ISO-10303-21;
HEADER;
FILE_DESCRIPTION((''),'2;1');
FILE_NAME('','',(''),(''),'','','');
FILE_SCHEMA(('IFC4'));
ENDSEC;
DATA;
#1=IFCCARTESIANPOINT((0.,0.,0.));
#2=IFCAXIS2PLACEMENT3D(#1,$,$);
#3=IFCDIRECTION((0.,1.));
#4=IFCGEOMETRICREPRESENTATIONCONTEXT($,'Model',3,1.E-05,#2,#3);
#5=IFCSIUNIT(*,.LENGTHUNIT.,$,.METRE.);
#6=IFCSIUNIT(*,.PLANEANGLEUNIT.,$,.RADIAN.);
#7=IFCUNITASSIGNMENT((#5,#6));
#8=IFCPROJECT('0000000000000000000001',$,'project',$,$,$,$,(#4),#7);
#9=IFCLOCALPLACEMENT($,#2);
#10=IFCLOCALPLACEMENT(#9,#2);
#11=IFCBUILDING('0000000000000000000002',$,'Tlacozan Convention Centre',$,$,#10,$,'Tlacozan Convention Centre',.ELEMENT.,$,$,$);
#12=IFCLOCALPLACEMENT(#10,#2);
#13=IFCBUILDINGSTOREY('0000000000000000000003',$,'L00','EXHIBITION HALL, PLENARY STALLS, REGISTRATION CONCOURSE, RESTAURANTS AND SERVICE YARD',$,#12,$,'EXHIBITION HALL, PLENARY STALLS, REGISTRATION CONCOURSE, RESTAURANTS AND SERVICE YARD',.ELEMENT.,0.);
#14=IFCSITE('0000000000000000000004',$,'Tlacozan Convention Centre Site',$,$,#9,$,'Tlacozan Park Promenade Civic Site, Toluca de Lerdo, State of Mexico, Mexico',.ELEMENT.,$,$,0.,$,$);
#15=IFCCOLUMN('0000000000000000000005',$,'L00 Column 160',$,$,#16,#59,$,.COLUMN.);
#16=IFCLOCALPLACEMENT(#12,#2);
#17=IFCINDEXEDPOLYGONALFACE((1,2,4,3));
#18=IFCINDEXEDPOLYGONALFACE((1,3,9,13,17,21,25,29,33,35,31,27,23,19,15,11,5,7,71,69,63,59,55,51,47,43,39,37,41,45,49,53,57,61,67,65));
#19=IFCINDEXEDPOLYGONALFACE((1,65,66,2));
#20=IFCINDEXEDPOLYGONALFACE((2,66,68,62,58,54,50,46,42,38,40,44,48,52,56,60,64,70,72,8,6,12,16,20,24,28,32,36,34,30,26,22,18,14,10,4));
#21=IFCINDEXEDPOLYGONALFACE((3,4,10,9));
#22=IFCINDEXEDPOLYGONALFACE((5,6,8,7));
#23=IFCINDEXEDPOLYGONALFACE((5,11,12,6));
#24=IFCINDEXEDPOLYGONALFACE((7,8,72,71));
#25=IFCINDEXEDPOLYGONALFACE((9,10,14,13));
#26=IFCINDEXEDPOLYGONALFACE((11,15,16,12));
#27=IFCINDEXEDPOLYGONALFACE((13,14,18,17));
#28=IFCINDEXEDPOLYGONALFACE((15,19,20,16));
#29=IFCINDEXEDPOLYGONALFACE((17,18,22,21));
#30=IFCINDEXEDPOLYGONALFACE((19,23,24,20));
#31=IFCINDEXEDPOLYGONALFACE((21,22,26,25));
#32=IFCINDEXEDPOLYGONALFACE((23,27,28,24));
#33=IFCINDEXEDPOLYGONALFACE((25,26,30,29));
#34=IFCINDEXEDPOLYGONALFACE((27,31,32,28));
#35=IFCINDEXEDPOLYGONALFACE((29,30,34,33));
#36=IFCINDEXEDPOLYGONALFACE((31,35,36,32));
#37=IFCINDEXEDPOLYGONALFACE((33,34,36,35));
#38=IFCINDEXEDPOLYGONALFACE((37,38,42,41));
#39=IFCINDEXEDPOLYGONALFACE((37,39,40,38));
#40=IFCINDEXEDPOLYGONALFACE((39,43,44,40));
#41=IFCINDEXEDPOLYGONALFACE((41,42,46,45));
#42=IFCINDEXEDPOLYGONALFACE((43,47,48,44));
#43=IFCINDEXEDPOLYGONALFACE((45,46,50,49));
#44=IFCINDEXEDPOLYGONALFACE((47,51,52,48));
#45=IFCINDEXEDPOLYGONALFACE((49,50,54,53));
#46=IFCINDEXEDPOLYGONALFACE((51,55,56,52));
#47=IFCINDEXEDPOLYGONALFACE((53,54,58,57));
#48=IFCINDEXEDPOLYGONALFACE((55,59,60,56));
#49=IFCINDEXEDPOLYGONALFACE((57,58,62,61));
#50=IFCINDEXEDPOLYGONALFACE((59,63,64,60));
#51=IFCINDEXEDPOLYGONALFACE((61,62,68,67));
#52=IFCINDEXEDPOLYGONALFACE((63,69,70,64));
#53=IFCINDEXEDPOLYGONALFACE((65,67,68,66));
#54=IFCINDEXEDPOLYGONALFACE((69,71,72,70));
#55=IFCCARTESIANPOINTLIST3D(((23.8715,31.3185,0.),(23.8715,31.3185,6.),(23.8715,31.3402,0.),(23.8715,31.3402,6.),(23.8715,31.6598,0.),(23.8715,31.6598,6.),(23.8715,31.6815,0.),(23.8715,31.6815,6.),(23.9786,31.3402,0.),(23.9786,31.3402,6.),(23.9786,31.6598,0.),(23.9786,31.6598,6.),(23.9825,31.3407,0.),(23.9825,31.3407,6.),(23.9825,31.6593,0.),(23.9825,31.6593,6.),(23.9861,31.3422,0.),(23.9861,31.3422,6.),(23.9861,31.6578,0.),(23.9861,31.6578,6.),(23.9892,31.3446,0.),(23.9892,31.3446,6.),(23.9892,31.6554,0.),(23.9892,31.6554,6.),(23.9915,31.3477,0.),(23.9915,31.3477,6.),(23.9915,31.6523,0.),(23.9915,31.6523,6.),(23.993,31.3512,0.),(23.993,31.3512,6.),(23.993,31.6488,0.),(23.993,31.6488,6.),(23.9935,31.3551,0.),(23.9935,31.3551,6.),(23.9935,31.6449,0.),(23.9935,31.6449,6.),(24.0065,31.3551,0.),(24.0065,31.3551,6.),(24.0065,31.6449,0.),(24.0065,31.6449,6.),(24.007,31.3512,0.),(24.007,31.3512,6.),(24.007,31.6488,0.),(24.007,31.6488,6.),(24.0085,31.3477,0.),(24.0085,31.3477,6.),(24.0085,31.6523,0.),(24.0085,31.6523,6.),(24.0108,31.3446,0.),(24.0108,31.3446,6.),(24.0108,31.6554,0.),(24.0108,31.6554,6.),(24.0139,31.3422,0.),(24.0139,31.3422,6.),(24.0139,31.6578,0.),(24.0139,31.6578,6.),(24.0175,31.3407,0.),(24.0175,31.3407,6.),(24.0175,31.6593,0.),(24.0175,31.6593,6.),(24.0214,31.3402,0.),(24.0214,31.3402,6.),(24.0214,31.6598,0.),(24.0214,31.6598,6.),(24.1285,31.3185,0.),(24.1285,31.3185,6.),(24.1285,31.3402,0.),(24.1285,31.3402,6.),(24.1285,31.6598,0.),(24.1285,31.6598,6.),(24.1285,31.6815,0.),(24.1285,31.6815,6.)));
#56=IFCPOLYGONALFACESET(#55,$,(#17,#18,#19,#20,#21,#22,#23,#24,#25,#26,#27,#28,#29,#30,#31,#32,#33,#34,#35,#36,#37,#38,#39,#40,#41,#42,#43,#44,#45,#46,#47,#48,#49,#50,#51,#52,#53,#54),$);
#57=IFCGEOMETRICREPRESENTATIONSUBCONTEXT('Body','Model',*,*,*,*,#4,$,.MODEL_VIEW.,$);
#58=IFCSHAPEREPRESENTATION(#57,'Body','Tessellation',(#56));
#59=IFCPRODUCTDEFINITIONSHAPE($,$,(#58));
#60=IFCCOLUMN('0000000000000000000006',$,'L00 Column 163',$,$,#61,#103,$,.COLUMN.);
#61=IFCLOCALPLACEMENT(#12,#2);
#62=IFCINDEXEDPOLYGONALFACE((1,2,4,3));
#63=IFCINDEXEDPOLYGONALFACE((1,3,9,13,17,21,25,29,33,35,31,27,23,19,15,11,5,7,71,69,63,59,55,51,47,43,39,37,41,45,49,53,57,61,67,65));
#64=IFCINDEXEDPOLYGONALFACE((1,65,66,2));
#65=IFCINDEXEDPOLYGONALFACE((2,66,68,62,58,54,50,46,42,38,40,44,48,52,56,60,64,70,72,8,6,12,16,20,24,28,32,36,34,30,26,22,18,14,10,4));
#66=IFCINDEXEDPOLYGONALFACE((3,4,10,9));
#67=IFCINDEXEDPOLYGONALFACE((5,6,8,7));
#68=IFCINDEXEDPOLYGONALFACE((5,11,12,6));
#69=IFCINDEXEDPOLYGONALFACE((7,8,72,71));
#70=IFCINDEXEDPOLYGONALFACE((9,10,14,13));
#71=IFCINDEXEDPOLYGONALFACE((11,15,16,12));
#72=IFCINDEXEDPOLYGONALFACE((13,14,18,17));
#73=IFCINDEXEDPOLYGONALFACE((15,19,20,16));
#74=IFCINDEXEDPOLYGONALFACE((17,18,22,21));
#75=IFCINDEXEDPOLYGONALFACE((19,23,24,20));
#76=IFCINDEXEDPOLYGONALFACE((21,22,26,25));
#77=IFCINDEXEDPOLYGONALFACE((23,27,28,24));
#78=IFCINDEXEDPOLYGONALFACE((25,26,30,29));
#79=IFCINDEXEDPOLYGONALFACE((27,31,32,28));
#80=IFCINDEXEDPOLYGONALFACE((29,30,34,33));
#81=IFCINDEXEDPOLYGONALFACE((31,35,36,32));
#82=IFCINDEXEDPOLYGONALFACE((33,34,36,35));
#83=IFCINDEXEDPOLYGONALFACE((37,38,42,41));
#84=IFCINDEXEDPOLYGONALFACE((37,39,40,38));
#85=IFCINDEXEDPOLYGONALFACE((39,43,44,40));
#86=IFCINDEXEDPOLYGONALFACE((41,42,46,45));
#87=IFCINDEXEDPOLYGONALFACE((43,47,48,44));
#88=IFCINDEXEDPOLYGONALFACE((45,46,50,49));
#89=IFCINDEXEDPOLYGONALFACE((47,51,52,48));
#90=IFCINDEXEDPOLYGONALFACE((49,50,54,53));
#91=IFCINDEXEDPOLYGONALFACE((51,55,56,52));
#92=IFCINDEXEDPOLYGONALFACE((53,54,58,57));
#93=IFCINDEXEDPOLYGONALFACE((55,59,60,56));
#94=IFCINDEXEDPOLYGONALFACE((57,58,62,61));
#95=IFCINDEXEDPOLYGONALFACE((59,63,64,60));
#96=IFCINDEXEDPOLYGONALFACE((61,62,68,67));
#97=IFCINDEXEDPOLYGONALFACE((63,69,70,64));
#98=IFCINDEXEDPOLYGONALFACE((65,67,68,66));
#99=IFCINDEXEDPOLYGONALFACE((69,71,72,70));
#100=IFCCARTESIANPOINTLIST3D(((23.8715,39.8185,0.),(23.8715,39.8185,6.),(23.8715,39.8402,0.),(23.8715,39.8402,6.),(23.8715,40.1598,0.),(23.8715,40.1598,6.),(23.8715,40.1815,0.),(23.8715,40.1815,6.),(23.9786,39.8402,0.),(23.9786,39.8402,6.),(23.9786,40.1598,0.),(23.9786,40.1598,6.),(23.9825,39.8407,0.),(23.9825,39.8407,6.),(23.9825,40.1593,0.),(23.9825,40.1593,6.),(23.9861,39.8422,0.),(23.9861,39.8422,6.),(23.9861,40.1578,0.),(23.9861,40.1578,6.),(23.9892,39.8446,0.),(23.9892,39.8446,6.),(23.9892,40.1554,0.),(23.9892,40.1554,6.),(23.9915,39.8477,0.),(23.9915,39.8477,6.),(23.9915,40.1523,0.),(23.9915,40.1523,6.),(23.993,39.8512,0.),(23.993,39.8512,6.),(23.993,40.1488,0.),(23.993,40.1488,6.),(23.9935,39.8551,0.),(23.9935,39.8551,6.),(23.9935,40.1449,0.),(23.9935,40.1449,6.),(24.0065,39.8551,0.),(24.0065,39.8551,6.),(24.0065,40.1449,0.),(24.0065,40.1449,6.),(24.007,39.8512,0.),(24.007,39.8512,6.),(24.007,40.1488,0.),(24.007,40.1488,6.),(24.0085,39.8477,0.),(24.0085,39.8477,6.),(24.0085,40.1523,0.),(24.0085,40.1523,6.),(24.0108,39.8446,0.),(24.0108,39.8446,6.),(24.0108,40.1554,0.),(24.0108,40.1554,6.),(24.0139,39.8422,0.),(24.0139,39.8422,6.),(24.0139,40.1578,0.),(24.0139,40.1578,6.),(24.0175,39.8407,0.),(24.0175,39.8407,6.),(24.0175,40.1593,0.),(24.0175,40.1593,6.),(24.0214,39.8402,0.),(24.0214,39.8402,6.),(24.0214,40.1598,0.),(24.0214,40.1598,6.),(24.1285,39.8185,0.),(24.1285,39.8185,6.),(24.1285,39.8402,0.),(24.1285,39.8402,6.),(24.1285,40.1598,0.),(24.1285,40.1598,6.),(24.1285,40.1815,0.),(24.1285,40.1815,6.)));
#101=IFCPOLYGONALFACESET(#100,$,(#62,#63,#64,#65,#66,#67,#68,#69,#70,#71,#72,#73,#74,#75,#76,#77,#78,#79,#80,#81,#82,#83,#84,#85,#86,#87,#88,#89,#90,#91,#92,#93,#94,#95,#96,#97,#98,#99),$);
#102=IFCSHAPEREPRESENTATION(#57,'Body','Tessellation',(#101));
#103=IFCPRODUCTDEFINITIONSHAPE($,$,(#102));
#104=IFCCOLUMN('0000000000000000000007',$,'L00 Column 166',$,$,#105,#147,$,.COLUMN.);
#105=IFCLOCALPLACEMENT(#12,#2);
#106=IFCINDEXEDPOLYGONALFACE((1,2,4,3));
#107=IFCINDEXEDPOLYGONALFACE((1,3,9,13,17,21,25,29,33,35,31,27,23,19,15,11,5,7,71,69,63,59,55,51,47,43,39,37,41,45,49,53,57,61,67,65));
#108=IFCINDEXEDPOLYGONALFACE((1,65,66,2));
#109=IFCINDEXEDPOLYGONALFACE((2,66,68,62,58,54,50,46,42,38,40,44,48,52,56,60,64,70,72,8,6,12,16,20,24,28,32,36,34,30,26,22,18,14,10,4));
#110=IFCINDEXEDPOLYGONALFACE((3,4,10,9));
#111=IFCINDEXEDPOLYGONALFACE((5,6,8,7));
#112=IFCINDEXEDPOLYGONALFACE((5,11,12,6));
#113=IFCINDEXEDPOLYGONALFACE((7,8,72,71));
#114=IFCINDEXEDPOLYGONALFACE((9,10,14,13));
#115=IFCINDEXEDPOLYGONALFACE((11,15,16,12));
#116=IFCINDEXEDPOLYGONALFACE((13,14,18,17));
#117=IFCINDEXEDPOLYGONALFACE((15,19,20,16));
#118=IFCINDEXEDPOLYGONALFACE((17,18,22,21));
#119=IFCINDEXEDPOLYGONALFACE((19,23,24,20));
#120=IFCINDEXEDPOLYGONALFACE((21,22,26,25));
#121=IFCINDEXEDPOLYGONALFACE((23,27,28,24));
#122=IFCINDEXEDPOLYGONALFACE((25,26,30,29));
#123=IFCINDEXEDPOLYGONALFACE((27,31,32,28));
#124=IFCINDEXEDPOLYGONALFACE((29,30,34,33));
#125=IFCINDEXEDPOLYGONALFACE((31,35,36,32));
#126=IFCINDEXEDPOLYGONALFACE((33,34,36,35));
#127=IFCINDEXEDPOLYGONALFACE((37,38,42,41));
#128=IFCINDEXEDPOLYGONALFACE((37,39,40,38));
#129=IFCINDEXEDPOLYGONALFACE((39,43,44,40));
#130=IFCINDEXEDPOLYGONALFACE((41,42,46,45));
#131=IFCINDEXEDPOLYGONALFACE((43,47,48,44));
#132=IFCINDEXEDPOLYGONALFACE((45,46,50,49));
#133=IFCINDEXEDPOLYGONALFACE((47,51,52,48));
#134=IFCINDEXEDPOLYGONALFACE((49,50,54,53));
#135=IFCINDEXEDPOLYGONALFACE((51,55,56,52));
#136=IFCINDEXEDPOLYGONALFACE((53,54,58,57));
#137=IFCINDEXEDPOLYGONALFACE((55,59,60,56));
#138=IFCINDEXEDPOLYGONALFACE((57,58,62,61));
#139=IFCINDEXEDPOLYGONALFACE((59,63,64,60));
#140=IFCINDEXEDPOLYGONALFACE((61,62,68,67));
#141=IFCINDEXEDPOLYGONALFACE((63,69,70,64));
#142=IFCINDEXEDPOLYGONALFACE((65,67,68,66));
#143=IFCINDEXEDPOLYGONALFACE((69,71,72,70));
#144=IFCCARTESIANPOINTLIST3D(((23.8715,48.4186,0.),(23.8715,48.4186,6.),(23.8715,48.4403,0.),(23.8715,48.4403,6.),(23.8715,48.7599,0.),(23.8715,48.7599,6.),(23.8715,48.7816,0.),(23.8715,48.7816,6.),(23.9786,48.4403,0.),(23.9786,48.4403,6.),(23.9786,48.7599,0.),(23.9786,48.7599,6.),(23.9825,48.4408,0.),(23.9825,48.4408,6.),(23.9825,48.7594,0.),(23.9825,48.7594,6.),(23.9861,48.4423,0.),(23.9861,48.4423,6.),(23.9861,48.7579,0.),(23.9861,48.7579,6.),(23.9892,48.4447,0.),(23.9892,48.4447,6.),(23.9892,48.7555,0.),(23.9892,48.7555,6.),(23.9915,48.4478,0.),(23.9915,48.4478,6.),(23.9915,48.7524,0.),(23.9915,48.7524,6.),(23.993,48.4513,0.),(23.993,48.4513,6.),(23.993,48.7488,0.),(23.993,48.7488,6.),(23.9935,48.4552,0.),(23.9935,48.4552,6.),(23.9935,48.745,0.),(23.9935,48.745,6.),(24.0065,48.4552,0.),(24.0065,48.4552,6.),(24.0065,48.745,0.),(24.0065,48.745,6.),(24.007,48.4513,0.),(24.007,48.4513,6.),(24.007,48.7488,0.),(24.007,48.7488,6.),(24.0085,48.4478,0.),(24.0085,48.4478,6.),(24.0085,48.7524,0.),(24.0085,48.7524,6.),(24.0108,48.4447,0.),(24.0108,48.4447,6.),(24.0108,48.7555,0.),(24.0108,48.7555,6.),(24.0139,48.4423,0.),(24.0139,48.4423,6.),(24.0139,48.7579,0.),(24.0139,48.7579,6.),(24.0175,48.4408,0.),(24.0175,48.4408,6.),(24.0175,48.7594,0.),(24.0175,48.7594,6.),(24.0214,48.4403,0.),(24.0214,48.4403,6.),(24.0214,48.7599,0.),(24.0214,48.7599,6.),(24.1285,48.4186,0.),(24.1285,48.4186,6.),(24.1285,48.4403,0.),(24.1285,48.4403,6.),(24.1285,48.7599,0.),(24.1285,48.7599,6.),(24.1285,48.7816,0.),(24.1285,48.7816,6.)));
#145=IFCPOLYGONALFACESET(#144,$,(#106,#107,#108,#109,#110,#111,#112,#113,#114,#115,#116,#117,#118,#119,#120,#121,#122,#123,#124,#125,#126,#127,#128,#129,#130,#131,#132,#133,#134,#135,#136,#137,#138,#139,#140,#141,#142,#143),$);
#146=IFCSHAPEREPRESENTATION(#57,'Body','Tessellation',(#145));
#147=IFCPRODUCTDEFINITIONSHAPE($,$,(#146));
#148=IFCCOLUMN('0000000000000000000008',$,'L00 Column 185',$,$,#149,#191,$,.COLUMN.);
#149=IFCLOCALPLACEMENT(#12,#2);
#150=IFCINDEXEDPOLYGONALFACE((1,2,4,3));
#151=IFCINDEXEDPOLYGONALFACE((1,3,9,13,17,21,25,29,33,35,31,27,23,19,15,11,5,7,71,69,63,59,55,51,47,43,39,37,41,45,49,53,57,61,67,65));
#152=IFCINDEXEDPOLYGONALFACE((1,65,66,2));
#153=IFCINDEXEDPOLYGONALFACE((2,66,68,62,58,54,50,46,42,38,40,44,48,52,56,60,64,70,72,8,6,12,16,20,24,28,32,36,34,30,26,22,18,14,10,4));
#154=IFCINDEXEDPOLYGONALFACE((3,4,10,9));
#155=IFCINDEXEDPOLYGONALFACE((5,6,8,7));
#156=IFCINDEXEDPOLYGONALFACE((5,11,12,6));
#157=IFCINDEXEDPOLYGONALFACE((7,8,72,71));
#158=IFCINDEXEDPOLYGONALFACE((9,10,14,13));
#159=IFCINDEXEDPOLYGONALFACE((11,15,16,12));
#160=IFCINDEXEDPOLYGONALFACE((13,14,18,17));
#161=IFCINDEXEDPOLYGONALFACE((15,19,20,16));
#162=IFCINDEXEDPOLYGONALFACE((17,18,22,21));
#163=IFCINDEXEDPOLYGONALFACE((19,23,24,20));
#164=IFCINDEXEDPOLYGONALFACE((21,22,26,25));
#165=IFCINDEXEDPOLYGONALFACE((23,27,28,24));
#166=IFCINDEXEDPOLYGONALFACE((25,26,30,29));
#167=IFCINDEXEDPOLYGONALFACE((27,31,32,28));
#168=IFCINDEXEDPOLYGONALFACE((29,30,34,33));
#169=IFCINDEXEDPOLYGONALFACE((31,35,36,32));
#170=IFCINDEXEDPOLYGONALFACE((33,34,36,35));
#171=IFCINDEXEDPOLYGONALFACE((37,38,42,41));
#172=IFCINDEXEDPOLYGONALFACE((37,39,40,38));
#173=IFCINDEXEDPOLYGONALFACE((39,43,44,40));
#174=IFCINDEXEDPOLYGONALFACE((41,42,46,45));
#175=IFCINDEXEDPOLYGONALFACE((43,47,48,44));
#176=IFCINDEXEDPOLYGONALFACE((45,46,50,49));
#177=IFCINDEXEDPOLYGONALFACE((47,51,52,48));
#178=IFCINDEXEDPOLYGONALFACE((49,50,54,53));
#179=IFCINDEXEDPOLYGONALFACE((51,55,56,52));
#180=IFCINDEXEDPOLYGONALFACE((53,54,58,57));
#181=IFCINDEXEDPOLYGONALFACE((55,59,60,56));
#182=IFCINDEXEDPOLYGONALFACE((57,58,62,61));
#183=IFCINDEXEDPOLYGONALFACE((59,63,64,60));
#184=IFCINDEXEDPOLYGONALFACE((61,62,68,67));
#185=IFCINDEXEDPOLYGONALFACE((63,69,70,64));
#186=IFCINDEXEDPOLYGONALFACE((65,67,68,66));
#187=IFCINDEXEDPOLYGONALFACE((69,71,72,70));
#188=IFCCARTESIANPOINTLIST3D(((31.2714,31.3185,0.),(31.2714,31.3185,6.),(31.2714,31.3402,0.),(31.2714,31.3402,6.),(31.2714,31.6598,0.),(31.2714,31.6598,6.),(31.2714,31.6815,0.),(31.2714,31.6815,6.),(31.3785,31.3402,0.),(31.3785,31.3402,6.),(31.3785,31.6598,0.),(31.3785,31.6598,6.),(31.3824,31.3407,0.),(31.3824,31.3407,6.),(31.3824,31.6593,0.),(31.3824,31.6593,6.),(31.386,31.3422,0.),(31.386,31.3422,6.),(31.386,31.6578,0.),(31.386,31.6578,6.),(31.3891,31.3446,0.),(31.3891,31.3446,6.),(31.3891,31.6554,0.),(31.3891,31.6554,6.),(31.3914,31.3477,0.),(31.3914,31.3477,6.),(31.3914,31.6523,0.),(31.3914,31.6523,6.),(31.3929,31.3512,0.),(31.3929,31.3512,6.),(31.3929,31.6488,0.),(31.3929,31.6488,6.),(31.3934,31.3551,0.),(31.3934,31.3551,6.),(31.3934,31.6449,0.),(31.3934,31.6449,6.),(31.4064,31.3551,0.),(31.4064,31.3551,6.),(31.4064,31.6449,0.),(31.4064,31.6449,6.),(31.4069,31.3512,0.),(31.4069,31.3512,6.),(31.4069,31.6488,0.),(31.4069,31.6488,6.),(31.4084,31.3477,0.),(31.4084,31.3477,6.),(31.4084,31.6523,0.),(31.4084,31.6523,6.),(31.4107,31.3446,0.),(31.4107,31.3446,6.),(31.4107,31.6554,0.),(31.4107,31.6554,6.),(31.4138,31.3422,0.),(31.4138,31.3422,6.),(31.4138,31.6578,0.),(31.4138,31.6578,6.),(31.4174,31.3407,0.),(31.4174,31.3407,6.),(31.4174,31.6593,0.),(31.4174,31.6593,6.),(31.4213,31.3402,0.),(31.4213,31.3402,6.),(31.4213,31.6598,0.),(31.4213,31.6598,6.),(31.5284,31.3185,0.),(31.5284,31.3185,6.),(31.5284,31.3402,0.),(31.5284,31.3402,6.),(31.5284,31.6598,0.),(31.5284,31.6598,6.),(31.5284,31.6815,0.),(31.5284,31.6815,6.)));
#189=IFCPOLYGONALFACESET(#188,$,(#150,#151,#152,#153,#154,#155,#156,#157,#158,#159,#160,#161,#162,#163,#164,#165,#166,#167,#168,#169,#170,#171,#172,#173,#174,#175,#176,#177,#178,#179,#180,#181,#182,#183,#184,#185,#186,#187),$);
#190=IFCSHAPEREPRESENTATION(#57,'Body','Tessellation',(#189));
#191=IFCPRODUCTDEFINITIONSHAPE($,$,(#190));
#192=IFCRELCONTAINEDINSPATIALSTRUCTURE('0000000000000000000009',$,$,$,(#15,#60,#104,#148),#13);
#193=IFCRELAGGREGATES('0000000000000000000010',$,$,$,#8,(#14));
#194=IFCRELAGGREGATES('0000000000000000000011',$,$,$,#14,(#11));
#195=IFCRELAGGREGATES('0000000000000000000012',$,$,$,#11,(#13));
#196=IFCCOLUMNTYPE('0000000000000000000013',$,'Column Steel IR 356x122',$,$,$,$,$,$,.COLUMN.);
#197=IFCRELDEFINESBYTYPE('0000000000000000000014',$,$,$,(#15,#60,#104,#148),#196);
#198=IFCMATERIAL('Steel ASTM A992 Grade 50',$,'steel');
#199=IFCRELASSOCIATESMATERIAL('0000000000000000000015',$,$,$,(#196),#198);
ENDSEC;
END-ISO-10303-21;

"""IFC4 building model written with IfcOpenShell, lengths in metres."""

from ifc_helpers import new_model, si_unit, direction, frame, origin, origin_2d, place, context, subcontext, project, spatial, i_section, extrude, material, material_profile, profile_set, type_object, element, save


model = new_model("IFC4")

# Units and contexts
model_context = context("Model", 3, precision=1e-05, world=origin(), true_north=direction((0.0, 1.0)))
body_context = subcontext(model_context, "Body", "Model", "MODEL_VIEW")
ifc_project = project(units=[si_unit("LENGTHUNIT", "METRE"), si_unit("PLANEANGLEUNIT", "RADIAN")], contexts=[model_context])

# Site, building, storey
site_placement = place(None, origin())
site = spatial("IfcSite", under=ifc_project, at=site_placement, Name="Tlacozan Convention Centre Site", LongName="Tlacozan Park Promenade Civic Site, Toluca de Lerdo, State of Mexico, Mexico", CompositionType="ELEMENT", RefElevation=0.0)
building_placement = place(site_placement, origin())
building = spatial("IfcBuilding", under=site, at=building_placement, Name="Tlacozan Convention Centre", LongName="Tlacozan Convention Centre", CompositionType="ELEMENT")
storey_placement = place(building_placement, origin())
storey = spatial("IfcBuildingStorey", under=building, at=storey_placement, Name="L00", Description="EXHIBITION HALL, PLENARY STALLS, REGISTRATION CONCOURSE, RESTAURANTS AND SERVICE YARD", LongName="EXHIBITION HALL, PLENARY STALLS, REGISTRATION CONCOURSE, RESTAURANTS AND SERVICE YARD", CompositionType="ELEMENT", Elevation=0.0)

# Columns
ifc_material_1 = material(Name="Steel ASTM A992 Grade 50", Category="steel")
ifc_material_profile_1 = material_profile(ifc_material_1, i_section(OverallWidth=0.2571, OverallDepth=0.363, WebThickness=0.0129, FlangeThickness=0.0217, FilletRadius=0.0149, at=origin_2d()), Name="IR 356x122.0")
ifc_profile_set_1 = profile_set([ifc_material_profile_1], Name="Steel ASTM A992 Grade 50")
column_type = type_object("IfcColumnType", Name="Column Steel IR 356x122", PredefinedType="COLUMN", material=ifc_profile_set_1)
for number, where, z_axis, x_axis, name in (
    (1, (24.0, 31.5, 0.0), (0.0, 0.0, 1.0), (1.0, 0.0, 0.0), "L00 Column 160"),
    (2, (24.0, 40.0, 0.0), (0.0, 0.0, 1.0), (1.0, 0.0, 0.0), "L00 Column 163"),
    (3, (24.0, 48.6001, 0.0), (0.0, 0.0, 1.0), (1.0, 0.0, 0.0), "L00 Column 166"),
    (4, (31.3999, 31.5, 0.0), (0.0, 0.0, 1.0), (1.0, 0.0, 0.0), "L00 Column 185"),
):
    element("IfcColumn", number, at=place(storey_placement, frame(where, z_axis=z_axis, x_axis=x_axis)), inside=storey, type_object=column_type, Name=name, PredefinedType="COLUMN", context=body_context, shape_type="SweptSolid", body=[
        extrude(i_section(OverallWidth=0.2571, OverallDepth=0.363, WebThickness=0.0129, FlangeThickness=0.0217, FilletRadius=0.0149, at=origin_2d()), origin(), (0.0, 0.0, 1.0), 6.0),
    ])

save(model, "model.ifc")
